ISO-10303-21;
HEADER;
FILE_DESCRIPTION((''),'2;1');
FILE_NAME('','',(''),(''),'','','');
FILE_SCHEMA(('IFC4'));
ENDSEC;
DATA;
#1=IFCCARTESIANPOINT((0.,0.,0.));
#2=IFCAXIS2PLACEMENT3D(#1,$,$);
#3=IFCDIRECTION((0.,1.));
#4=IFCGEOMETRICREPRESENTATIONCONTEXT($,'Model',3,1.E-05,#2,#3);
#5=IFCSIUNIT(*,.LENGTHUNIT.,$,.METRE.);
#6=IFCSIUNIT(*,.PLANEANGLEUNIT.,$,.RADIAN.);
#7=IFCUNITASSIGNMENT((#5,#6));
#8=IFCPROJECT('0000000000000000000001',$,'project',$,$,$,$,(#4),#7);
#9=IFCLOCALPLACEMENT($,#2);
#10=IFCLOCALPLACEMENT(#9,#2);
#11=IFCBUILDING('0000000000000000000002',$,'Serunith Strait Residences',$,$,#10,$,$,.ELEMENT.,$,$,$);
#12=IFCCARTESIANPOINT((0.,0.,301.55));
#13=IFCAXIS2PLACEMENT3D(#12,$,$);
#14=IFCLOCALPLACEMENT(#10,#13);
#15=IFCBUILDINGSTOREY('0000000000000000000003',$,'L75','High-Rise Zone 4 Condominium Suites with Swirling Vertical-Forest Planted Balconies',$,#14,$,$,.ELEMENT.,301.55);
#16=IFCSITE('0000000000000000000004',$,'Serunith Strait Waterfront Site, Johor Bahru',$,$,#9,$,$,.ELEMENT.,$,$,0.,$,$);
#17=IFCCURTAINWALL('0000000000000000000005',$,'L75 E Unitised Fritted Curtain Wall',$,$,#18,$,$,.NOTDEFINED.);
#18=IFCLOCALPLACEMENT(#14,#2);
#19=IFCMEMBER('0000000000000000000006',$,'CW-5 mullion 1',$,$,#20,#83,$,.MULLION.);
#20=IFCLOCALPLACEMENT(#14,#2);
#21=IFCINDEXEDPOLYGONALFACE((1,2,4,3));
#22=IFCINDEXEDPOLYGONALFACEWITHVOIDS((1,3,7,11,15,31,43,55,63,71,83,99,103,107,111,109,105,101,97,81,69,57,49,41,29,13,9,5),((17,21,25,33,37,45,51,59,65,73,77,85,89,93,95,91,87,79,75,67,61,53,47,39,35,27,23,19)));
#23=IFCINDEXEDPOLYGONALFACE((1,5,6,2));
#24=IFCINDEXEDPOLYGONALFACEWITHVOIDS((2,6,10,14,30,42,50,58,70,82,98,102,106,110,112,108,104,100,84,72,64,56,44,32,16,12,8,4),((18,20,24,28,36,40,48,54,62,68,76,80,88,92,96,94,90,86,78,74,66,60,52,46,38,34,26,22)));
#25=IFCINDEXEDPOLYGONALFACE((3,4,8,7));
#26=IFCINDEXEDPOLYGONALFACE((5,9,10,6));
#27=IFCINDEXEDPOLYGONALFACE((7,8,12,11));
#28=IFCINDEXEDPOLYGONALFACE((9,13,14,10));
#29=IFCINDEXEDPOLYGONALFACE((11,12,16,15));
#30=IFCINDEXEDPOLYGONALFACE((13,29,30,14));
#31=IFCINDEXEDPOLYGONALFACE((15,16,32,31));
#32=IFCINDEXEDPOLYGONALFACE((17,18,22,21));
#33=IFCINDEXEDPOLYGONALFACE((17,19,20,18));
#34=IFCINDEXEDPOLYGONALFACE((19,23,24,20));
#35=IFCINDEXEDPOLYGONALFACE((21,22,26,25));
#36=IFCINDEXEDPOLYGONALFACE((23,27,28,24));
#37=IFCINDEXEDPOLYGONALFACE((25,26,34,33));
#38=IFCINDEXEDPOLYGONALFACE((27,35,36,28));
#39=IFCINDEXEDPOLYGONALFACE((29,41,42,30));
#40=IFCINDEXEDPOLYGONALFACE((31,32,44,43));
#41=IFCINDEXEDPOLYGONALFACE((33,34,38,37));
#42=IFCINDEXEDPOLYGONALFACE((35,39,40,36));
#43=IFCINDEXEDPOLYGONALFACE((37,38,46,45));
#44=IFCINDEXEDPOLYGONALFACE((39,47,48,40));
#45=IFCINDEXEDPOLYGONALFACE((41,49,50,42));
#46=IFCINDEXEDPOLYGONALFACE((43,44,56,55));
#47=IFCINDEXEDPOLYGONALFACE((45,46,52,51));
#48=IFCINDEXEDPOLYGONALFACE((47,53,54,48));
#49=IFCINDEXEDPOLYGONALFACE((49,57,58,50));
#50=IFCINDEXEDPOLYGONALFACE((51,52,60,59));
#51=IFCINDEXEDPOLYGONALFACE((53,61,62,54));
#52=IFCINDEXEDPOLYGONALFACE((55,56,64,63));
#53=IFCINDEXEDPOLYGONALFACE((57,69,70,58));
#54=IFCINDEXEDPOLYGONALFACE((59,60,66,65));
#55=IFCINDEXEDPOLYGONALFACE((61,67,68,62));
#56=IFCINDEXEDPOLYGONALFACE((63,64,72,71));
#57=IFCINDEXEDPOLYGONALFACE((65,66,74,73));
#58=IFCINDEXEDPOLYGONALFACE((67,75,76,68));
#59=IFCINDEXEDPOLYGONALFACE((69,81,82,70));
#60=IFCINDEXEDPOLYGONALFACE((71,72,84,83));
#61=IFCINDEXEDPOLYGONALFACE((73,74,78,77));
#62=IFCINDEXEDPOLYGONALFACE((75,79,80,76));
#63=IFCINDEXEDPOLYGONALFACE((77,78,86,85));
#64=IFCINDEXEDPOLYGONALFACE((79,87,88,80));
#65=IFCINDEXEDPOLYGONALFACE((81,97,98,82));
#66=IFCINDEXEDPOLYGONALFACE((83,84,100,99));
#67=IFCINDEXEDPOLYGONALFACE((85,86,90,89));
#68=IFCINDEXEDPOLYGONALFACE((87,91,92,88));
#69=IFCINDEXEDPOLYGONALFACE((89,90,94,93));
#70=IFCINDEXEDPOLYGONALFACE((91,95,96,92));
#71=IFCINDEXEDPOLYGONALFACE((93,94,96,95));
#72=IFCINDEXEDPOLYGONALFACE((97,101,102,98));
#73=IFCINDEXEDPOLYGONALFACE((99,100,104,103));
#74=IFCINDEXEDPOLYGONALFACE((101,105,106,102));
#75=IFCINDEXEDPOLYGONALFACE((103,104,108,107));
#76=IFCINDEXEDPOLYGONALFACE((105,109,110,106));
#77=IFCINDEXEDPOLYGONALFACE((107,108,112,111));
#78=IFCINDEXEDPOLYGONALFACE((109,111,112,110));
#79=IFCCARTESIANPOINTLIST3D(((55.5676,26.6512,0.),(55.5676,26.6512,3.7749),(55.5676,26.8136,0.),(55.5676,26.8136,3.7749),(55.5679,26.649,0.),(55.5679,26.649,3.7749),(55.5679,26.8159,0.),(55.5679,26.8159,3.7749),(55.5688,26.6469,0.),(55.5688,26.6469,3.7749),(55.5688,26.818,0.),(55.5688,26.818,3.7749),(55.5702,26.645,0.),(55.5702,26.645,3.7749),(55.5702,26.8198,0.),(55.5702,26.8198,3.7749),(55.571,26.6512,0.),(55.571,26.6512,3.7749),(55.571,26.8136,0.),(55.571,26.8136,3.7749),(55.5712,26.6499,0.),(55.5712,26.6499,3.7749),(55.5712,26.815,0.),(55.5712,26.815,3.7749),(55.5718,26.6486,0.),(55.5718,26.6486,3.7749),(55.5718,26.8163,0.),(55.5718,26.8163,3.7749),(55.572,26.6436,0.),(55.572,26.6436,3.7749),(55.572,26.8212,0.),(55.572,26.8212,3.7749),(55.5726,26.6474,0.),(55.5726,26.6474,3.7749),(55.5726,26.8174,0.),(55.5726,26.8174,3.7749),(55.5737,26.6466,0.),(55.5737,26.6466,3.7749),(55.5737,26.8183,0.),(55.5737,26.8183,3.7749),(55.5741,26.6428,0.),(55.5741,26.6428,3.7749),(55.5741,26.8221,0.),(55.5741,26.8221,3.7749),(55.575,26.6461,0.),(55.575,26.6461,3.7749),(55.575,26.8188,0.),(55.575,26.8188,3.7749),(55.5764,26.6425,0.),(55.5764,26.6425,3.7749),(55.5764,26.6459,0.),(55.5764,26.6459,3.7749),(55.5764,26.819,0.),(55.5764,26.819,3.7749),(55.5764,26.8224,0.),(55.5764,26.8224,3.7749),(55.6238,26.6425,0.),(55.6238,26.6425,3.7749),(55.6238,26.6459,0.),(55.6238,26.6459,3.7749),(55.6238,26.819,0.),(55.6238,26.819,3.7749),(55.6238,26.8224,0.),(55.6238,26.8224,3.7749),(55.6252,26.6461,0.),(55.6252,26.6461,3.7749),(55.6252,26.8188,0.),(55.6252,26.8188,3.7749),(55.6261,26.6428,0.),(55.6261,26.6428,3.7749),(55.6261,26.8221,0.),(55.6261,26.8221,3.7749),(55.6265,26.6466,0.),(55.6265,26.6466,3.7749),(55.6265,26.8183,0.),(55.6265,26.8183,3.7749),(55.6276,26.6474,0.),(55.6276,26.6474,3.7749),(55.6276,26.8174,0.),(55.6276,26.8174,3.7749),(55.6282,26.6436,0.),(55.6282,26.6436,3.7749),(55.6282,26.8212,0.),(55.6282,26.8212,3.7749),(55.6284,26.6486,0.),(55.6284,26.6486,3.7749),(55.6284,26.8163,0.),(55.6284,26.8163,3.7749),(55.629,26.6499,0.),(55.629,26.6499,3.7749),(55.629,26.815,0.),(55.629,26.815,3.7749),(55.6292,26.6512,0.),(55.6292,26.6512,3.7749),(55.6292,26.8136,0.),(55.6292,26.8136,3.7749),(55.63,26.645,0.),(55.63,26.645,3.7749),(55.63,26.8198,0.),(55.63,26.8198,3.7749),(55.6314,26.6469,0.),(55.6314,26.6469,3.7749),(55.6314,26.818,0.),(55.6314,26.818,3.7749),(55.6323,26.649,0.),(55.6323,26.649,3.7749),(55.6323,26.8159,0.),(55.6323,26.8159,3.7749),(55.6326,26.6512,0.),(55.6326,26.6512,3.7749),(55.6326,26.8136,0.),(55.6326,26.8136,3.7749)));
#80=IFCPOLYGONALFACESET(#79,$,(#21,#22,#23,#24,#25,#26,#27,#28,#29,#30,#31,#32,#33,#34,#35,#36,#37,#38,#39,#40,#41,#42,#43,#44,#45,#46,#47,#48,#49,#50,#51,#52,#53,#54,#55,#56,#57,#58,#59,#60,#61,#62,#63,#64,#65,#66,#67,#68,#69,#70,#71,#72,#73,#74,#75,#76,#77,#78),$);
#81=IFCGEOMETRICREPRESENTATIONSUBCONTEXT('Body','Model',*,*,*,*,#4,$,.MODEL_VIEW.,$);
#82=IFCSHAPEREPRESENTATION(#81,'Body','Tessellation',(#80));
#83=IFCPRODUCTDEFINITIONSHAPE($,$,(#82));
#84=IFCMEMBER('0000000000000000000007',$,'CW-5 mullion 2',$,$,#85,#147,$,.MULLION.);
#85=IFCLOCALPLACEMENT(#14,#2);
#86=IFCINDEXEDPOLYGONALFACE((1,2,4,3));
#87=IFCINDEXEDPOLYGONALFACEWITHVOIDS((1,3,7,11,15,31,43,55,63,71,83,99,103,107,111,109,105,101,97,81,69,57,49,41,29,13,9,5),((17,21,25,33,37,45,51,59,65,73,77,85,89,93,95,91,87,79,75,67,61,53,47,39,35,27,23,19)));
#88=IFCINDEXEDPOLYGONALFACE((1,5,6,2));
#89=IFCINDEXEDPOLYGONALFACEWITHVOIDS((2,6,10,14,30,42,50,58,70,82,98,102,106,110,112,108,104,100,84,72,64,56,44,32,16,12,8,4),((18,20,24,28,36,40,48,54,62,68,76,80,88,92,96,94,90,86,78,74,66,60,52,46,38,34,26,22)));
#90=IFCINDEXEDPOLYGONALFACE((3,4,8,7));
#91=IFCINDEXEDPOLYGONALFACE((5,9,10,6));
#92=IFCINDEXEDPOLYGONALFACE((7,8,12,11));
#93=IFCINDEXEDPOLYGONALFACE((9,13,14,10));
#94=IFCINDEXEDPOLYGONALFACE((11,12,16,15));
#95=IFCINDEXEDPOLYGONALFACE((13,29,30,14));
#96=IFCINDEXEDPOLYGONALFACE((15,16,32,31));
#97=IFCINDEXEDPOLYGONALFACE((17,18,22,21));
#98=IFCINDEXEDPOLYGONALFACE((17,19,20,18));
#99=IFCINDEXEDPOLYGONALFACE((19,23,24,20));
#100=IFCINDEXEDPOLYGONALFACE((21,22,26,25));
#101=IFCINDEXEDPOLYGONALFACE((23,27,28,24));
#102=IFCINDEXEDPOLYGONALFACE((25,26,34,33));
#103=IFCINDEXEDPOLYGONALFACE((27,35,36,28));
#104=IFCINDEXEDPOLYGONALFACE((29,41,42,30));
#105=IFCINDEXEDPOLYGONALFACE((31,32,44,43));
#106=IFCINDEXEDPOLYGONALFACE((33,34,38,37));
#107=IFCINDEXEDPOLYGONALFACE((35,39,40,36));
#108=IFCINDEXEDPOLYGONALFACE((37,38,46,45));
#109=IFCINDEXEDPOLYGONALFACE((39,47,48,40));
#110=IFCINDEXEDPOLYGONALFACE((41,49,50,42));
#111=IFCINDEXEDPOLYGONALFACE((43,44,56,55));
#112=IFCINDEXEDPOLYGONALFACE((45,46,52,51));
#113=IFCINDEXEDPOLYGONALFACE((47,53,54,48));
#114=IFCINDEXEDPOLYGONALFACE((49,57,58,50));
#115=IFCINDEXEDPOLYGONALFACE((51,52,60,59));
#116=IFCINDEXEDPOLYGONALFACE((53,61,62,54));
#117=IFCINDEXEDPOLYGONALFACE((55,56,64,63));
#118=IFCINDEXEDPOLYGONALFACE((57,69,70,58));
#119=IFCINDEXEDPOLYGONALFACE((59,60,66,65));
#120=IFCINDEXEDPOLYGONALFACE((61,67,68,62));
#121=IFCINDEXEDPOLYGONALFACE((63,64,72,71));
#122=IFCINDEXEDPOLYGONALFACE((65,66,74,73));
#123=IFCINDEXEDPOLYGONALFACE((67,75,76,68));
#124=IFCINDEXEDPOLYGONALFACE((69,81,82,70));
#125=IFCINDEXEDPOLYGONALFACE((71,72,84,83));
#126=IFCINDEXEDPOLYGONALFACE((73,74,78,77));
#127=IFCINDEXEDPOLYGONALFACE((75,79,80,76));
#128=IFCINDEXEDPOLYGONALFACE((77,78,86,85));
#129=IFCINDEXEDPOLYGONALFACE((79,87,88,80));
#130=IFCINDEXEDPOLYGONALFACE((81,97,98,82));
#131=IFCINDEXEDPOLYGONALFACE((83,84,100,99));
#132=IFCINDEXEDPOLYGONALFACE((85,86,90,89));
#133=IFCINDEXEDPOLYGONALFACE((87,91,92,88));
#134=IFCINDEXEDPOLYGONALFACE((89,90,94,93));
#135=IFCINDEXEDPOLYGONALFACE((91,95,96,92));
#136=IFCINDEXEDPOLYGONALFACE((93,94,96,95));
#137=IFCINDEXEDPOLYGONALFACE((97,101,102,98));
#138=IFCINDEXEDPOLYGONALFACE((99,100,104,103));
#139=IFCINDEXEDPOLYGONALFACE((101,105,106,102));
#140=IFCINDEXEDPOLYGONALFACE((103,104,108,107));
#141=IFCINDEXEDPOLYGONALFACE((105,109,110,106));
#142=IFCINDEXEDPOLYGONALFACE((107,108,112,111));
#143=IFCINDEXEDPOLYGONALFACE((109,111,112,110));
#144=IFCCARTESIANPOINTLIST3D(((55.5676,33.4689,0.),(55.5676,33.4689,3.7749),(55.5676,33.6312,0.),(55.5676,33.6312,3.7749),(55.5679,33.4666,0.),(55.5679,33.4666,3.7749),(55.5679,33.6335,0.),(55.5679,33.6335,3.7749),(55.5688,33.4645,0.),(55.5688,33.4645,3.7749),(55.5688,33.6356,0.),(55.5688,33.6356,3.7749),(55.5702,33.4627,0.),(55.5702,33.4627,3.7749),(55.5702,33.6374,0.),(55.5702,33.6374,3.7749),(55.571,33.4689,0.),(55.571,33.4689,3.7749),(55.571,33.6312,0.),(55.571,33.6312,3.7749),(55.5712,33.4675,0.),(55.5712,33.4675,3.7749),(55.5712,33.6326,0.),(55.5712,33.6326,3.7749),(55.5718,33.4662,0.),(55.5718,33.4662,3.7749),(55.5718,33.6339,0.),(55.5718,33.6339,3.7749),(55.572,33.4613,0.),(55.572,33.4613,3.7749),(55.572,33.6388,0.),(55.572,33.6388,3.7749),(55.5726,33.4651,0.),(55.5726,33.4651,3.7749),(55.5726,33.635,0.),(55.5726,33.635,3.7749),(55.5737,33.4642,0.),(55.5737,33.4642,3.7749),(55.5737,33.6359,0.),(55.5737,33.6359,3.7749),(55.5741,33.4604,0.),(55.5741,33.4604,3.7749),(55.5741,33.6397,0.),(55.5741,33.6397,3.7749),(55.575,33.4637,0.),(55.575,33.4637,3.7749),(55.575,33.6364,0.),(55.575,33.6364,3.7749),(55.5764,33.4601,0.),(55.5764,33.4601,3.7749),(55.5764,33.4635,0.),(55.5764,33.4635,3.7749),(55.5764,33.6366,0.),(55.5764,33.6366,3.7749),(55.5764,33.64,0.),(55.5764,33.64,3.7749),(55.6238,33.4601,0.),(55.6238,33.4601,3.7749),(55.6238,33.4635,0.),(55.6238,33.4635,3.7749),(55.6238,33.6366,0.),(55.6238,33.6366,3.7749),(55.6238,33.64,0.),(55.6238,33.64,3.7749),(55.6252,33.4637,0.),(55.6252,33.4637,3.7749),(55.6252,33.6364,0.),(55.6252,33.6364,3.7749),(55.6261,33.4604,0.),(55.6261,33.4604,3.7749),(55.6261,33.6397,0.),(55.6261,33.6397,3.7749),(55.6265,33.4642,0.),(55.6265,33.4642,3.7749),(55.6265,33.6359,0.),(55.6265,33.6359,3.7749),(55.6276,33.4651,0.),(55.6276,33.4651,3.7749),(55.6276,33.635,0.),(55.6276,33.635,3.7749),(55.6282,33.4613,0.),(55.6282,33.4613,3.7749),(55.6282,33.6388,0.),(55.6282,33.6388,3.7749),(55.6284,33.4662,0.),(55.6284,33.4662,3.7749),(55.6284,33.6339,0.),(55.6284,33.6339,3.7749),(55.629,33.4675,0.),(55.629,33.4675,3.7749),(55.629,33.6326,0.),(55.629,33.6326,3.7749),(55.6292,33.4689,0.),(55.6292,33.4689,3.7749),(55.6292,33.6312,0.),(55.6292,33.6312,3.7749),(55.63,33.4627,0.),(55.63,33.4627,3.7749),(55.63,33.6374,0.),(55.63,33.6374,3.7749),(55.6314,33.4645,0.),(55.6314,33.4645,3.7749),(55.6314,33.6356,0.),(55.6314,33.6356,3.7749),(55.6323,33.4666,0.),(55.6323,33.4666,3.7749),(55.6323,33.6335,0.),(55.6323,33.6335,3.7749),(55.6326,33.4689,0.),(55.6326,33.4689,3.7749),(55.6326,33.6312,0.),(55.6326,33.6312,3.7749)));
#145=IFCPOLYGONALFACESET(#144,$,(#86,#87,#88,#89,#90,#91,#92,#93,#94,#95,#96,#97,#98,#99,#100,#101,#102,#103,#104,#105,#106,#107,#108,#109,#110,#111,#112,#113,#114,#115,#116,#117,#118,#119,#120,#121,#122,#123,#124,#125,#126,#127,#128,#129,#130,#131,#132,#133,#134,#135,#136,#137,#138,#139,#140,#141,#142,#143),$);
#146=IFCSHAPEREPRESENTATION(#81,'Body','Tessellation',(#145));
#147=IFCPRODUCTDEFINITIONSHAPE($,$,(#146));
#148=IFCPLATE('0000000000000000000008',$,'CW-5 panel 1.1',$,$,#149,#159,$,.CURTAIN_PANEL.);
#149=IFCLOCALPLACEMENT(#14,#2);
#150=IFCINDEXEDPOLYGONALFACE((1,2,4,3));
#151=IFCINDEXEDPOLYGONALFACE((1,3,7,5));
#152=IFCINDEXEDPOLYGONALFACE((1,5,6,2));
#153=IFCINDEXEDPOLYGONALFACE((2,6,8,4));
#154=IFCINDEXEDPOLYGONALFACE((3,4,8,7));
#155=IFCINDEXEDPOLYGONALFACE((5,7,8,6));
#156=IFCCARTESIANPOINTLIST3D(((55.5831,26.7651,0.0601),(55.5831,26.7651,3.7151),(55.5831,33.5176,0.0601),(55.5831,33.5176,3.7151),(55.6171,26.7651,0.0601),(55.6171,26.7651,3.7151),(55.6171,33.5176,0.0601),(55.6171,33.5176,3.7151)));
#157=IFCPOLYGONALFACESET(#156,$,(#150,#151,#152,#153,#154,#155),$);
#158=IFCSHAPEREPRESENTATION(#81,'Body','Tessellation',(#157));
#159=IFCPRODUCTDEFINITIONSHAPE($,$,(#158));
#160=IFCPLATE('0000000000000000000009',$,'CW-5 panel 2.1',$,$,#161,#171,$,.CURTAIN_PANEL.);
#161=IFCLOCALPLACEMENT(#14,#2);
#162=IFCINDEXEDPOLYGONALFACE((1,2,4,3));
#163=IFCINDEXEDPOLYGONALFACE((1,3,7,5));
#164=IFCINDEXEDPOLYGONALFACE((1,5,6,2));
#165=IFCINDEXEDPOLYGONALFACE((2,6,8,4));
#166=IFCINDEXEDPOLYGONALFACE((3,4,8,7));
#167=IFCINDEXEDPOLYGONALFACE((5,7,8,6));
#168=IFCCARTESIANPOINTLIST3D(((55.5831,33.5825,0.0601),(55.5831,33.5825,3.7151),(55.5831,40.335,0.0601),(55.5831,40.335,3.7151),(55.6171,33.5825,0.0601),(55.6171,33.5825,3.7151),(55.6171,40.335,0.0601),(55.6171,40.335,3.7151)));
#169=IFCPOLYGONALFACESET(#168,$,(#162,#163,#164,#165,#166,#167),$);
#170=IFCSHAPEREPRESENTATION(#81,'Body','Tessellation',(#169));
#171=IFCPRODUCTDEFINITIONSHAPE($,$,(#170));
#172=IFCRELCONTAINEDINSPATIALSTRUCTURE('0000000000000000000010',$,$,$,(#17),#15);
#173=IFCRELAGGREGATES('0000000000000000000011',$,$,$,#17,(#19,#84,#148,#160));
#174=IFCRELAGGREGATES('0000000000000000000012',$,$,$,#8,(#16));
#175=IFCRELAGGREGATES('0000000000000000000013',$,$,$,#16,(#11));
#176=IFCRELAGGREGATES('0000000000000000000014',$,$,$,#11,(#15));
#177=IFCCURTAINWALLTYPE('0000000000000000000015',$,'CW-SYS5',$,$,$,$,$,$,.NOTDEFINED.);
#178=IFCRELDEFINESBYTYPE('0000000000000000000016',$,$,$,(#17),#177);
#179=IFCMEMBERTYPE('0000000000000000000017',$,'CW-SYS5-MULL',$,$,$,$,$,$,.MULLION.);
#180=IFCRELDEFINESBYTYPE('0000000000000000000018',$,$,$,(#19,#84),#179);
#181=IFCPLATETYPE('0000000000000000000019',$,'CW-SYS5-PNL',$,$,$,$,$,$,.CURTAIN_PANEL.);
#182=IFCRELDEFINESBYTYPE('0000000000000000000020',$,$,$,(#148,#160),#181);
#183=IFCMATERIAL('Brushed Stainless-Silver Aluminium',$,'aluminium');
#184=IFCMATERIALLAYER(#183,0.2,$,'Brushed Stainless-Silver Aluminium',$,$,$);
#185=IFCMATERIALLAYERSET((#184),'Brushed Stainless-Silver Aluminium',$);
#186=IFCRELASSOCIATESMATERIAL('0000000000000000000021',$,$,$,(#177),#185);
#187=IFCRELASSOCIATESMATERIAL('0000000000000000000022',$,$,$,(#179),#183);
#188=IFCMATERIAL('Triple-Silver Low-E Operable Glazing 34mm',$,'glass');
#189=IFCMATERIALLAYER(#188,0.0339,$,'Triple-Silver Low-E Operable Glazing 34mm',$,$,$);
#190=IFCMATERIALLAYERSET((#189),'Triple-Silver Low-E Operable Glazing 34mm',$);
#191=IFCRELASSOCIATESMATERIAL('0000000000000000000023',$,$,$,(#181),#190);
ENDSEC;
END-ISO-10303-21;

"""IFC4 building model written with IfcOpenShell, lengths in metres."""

from ifc_helpers import new_model, si_unit, direction, frame, origin, origin_2d, place, context, subcontext, project, spatial, rectangle, hollow_rectangle, extrude, source, transform, mapped, material, layer, layer_set, material_profile, profile_set, type_object, element, aggregate, save


model = new_model("IFC4")

# Units and contexts
model_context = context("Model", 3, precision=1e-05, world=origin(), true_north=direction((0.0, 1.0)))
body_context = subcontext(model_context, "Body", "Model", "MODEL_VIEW")
ifc_project = project(units=[si_unit("LENGTHUNIT", "METRE"), si_unit("PLANEANGLEUNIT", "RADIAN")], contexts=[model_context])

# Site, building, storey
site_placement = place(None, origin())
site = spatial("IfcSite", under=ifc_project, at=site_placement, Name="Serunith Strait Waterfront Site, Johor Bahru", CompositionType="ELEMENT", RefElevation=0.0)
building_placement = place(site_placement, origin())
building = spatial("IfcBuilding", under=site, at=building_placement, Name="Serunith Strait Residences", CompositionType="ELEMENT")
storey_placement = place(building_placement, frame((0.0, 0.0, 301.55)))
storey = spatial("IfcBuildingStorey", under=building, at=storey_placement, Name="L75", Description="High-Rise Zone 4 Condominium Suites with Swirling Vertical-Forest Planted Balconies", CompositionType="ELEMENT", Elevation=301.55)

# Curtain wall, members, plates
ifc_material_1 = material(Name="Brushed Stainless-Silver Aluminium", Category="aluminium")
ifc_layer_1 = layer(ifc_material_1, 0.2, Name="Brushed Stainless-Silver Aluminium")
ifc_layer_set_1 = layer_set([ifc_layer_1], Name="Brushed Stainless-Silver Aluminium")
curtain_wall_type = type_object("IfcCurtainWallType", Name="CW-SYS5", PredefinedType="NOTDEFINED", material=ifc_layer_set_1)
curtain_wall_placement = place(storey_placement, origin())
curtain_wall = element("IfcCurtainWall", 1, at=curtain_wall_placement, inside=storey, type_object=curtain_wall_type, Name="L75 E Unitised Fritted Curtain Wall", PredefinedType="NOTDEFINED")
ifc_material_profile_1 = material_profile(ifc_material_1, hollow_rectangle(XDim=0.0649, YDim=0.1799, WallThickness=0.0034, InnerFilletRadius=0.0054, OuterFilletRadius=0.0088, at=origin_2d()), Name="ALU 180x65x3.5")
ifc_profile_set_1 = profile_set([ifc_material_profile_1], Name="Brushed Stainless-Silver Aluminium")
member_type_1 = type_object("IfcMemberType", Name="CW-SYS5-MULL", PredefinedType="MULLION", material=ifc_profile_set_1)
shared_shape_1 = source(origin(), body_context, "Body", "SweptSolid", [
    extrude(hollow_rectangle(XDim=0.0649, YDim=0.1799, WallThickness=0.0034, InnerFilletRadius=0.0054, OuterFilletRadius=0.0088, at=origin_2d()), origin(), (0.0, 0.0, 1.0), 3.7749),
])
member_1_placement = place(storey_placement, frame((55.6001, 26.7324, 0.0), z_axis=(0.0, 0.0, 1.0), x_axis=(-1.0, 0.0, 0.0)))
member_1 = element("IfcMember", 2, at=member_1_placement, type_object=member_type_1, Name="CW-5 mullion 1", PredefinedType="MULLION", context=body_context, shape_type="MappedRepresentation", body=[
    mapped(shared_shape_1, transform((0.0, 0.0, 0.0), scale=1.0)),
])
member_2_placement = place(storey_placement, frame((55.6001, 33.55, 0.0), z_axis=(0.0, 0.0, 1.0), x_axis=(-1.0, 0.0, 0.0)))
member_2 = element("IfcMember", 3, at=member_2_placement, type_object=member_type_1, Name="CW-5 mullion 2", PredefinedType="MULLION", context=body_context, shape_type="MappedRepresentation", body=[
    mapped(shared_shape_1, transform((0.0, 0.0, 0.0), scale=1.0)),
])
ifc_material_2 = material(Name="Triple-Silver Low-E Operable Glazing 34mm", Category="glass")
ifc_layer_2 = layer(ifc_material_2, 0.0339, Name="Triple-Silver Low-E Operable Glazing 34mm")
ifc_layer_set_2 = layer_set([ifc_layer_2], Name="Triple-Silver Low-E Operable Glazing 34mm")
plate_type = type_object("IfcPlateType", Name="CW-SYS5-PNL", PredefinedType="CURTAIN_PANEL", material=ifc_layer_set_2)
shared_shape_2 = source(origin(), body_context, "Body", "SweptSolid", [
    extrude(rectangle(XDim=6.7524, YDim=0.0339, at=origin_2d()), origin(), (0.0, 0.0, 1.0), 3.655),
])
plate_1_placement = place(storey_placement, frame((55.6001, 30.1414, 0.0601), z_axis=(0.0, 0.0, 1.0), x_axis=(0.0, 1.0, 0.0)))
plate_1 = element("IfcPlate", 4, at=plate_1_placement, type_object=plate_type, Name="CW-5 panel 1.1", PredefinedType="CURTAIN_PANEL", context=body_context, shape_type="MappedRepresentation", body=[
    mapped(shared_shape_2, transform((0.0, 0.0, 0.0), scale=1.0)),
])
plate_2_placement = place(storey_placement, frame((55.6001, 36.9587, 0.0601), z_axis=(0.0, 0.0, 1.0), x_axis=(0.0, 1.0, 0.0)))
plate_2 = element("IfcPlate", 5, at=plate_2_placement, type_object=plate_type, Name="CW-5 panel 2.1", PredefinedType="CURTAIN_PANEL", context=body_context, shape_type="MappedRepresentation", body=[
    mapped(shared_shape_2, transform((0.0, 0.0, 0.0), scale=1.0)),
])
aggregate(curtain_wall, [member_1, member_2, plate_1, plate_2])

save(model, "model.ifc")
